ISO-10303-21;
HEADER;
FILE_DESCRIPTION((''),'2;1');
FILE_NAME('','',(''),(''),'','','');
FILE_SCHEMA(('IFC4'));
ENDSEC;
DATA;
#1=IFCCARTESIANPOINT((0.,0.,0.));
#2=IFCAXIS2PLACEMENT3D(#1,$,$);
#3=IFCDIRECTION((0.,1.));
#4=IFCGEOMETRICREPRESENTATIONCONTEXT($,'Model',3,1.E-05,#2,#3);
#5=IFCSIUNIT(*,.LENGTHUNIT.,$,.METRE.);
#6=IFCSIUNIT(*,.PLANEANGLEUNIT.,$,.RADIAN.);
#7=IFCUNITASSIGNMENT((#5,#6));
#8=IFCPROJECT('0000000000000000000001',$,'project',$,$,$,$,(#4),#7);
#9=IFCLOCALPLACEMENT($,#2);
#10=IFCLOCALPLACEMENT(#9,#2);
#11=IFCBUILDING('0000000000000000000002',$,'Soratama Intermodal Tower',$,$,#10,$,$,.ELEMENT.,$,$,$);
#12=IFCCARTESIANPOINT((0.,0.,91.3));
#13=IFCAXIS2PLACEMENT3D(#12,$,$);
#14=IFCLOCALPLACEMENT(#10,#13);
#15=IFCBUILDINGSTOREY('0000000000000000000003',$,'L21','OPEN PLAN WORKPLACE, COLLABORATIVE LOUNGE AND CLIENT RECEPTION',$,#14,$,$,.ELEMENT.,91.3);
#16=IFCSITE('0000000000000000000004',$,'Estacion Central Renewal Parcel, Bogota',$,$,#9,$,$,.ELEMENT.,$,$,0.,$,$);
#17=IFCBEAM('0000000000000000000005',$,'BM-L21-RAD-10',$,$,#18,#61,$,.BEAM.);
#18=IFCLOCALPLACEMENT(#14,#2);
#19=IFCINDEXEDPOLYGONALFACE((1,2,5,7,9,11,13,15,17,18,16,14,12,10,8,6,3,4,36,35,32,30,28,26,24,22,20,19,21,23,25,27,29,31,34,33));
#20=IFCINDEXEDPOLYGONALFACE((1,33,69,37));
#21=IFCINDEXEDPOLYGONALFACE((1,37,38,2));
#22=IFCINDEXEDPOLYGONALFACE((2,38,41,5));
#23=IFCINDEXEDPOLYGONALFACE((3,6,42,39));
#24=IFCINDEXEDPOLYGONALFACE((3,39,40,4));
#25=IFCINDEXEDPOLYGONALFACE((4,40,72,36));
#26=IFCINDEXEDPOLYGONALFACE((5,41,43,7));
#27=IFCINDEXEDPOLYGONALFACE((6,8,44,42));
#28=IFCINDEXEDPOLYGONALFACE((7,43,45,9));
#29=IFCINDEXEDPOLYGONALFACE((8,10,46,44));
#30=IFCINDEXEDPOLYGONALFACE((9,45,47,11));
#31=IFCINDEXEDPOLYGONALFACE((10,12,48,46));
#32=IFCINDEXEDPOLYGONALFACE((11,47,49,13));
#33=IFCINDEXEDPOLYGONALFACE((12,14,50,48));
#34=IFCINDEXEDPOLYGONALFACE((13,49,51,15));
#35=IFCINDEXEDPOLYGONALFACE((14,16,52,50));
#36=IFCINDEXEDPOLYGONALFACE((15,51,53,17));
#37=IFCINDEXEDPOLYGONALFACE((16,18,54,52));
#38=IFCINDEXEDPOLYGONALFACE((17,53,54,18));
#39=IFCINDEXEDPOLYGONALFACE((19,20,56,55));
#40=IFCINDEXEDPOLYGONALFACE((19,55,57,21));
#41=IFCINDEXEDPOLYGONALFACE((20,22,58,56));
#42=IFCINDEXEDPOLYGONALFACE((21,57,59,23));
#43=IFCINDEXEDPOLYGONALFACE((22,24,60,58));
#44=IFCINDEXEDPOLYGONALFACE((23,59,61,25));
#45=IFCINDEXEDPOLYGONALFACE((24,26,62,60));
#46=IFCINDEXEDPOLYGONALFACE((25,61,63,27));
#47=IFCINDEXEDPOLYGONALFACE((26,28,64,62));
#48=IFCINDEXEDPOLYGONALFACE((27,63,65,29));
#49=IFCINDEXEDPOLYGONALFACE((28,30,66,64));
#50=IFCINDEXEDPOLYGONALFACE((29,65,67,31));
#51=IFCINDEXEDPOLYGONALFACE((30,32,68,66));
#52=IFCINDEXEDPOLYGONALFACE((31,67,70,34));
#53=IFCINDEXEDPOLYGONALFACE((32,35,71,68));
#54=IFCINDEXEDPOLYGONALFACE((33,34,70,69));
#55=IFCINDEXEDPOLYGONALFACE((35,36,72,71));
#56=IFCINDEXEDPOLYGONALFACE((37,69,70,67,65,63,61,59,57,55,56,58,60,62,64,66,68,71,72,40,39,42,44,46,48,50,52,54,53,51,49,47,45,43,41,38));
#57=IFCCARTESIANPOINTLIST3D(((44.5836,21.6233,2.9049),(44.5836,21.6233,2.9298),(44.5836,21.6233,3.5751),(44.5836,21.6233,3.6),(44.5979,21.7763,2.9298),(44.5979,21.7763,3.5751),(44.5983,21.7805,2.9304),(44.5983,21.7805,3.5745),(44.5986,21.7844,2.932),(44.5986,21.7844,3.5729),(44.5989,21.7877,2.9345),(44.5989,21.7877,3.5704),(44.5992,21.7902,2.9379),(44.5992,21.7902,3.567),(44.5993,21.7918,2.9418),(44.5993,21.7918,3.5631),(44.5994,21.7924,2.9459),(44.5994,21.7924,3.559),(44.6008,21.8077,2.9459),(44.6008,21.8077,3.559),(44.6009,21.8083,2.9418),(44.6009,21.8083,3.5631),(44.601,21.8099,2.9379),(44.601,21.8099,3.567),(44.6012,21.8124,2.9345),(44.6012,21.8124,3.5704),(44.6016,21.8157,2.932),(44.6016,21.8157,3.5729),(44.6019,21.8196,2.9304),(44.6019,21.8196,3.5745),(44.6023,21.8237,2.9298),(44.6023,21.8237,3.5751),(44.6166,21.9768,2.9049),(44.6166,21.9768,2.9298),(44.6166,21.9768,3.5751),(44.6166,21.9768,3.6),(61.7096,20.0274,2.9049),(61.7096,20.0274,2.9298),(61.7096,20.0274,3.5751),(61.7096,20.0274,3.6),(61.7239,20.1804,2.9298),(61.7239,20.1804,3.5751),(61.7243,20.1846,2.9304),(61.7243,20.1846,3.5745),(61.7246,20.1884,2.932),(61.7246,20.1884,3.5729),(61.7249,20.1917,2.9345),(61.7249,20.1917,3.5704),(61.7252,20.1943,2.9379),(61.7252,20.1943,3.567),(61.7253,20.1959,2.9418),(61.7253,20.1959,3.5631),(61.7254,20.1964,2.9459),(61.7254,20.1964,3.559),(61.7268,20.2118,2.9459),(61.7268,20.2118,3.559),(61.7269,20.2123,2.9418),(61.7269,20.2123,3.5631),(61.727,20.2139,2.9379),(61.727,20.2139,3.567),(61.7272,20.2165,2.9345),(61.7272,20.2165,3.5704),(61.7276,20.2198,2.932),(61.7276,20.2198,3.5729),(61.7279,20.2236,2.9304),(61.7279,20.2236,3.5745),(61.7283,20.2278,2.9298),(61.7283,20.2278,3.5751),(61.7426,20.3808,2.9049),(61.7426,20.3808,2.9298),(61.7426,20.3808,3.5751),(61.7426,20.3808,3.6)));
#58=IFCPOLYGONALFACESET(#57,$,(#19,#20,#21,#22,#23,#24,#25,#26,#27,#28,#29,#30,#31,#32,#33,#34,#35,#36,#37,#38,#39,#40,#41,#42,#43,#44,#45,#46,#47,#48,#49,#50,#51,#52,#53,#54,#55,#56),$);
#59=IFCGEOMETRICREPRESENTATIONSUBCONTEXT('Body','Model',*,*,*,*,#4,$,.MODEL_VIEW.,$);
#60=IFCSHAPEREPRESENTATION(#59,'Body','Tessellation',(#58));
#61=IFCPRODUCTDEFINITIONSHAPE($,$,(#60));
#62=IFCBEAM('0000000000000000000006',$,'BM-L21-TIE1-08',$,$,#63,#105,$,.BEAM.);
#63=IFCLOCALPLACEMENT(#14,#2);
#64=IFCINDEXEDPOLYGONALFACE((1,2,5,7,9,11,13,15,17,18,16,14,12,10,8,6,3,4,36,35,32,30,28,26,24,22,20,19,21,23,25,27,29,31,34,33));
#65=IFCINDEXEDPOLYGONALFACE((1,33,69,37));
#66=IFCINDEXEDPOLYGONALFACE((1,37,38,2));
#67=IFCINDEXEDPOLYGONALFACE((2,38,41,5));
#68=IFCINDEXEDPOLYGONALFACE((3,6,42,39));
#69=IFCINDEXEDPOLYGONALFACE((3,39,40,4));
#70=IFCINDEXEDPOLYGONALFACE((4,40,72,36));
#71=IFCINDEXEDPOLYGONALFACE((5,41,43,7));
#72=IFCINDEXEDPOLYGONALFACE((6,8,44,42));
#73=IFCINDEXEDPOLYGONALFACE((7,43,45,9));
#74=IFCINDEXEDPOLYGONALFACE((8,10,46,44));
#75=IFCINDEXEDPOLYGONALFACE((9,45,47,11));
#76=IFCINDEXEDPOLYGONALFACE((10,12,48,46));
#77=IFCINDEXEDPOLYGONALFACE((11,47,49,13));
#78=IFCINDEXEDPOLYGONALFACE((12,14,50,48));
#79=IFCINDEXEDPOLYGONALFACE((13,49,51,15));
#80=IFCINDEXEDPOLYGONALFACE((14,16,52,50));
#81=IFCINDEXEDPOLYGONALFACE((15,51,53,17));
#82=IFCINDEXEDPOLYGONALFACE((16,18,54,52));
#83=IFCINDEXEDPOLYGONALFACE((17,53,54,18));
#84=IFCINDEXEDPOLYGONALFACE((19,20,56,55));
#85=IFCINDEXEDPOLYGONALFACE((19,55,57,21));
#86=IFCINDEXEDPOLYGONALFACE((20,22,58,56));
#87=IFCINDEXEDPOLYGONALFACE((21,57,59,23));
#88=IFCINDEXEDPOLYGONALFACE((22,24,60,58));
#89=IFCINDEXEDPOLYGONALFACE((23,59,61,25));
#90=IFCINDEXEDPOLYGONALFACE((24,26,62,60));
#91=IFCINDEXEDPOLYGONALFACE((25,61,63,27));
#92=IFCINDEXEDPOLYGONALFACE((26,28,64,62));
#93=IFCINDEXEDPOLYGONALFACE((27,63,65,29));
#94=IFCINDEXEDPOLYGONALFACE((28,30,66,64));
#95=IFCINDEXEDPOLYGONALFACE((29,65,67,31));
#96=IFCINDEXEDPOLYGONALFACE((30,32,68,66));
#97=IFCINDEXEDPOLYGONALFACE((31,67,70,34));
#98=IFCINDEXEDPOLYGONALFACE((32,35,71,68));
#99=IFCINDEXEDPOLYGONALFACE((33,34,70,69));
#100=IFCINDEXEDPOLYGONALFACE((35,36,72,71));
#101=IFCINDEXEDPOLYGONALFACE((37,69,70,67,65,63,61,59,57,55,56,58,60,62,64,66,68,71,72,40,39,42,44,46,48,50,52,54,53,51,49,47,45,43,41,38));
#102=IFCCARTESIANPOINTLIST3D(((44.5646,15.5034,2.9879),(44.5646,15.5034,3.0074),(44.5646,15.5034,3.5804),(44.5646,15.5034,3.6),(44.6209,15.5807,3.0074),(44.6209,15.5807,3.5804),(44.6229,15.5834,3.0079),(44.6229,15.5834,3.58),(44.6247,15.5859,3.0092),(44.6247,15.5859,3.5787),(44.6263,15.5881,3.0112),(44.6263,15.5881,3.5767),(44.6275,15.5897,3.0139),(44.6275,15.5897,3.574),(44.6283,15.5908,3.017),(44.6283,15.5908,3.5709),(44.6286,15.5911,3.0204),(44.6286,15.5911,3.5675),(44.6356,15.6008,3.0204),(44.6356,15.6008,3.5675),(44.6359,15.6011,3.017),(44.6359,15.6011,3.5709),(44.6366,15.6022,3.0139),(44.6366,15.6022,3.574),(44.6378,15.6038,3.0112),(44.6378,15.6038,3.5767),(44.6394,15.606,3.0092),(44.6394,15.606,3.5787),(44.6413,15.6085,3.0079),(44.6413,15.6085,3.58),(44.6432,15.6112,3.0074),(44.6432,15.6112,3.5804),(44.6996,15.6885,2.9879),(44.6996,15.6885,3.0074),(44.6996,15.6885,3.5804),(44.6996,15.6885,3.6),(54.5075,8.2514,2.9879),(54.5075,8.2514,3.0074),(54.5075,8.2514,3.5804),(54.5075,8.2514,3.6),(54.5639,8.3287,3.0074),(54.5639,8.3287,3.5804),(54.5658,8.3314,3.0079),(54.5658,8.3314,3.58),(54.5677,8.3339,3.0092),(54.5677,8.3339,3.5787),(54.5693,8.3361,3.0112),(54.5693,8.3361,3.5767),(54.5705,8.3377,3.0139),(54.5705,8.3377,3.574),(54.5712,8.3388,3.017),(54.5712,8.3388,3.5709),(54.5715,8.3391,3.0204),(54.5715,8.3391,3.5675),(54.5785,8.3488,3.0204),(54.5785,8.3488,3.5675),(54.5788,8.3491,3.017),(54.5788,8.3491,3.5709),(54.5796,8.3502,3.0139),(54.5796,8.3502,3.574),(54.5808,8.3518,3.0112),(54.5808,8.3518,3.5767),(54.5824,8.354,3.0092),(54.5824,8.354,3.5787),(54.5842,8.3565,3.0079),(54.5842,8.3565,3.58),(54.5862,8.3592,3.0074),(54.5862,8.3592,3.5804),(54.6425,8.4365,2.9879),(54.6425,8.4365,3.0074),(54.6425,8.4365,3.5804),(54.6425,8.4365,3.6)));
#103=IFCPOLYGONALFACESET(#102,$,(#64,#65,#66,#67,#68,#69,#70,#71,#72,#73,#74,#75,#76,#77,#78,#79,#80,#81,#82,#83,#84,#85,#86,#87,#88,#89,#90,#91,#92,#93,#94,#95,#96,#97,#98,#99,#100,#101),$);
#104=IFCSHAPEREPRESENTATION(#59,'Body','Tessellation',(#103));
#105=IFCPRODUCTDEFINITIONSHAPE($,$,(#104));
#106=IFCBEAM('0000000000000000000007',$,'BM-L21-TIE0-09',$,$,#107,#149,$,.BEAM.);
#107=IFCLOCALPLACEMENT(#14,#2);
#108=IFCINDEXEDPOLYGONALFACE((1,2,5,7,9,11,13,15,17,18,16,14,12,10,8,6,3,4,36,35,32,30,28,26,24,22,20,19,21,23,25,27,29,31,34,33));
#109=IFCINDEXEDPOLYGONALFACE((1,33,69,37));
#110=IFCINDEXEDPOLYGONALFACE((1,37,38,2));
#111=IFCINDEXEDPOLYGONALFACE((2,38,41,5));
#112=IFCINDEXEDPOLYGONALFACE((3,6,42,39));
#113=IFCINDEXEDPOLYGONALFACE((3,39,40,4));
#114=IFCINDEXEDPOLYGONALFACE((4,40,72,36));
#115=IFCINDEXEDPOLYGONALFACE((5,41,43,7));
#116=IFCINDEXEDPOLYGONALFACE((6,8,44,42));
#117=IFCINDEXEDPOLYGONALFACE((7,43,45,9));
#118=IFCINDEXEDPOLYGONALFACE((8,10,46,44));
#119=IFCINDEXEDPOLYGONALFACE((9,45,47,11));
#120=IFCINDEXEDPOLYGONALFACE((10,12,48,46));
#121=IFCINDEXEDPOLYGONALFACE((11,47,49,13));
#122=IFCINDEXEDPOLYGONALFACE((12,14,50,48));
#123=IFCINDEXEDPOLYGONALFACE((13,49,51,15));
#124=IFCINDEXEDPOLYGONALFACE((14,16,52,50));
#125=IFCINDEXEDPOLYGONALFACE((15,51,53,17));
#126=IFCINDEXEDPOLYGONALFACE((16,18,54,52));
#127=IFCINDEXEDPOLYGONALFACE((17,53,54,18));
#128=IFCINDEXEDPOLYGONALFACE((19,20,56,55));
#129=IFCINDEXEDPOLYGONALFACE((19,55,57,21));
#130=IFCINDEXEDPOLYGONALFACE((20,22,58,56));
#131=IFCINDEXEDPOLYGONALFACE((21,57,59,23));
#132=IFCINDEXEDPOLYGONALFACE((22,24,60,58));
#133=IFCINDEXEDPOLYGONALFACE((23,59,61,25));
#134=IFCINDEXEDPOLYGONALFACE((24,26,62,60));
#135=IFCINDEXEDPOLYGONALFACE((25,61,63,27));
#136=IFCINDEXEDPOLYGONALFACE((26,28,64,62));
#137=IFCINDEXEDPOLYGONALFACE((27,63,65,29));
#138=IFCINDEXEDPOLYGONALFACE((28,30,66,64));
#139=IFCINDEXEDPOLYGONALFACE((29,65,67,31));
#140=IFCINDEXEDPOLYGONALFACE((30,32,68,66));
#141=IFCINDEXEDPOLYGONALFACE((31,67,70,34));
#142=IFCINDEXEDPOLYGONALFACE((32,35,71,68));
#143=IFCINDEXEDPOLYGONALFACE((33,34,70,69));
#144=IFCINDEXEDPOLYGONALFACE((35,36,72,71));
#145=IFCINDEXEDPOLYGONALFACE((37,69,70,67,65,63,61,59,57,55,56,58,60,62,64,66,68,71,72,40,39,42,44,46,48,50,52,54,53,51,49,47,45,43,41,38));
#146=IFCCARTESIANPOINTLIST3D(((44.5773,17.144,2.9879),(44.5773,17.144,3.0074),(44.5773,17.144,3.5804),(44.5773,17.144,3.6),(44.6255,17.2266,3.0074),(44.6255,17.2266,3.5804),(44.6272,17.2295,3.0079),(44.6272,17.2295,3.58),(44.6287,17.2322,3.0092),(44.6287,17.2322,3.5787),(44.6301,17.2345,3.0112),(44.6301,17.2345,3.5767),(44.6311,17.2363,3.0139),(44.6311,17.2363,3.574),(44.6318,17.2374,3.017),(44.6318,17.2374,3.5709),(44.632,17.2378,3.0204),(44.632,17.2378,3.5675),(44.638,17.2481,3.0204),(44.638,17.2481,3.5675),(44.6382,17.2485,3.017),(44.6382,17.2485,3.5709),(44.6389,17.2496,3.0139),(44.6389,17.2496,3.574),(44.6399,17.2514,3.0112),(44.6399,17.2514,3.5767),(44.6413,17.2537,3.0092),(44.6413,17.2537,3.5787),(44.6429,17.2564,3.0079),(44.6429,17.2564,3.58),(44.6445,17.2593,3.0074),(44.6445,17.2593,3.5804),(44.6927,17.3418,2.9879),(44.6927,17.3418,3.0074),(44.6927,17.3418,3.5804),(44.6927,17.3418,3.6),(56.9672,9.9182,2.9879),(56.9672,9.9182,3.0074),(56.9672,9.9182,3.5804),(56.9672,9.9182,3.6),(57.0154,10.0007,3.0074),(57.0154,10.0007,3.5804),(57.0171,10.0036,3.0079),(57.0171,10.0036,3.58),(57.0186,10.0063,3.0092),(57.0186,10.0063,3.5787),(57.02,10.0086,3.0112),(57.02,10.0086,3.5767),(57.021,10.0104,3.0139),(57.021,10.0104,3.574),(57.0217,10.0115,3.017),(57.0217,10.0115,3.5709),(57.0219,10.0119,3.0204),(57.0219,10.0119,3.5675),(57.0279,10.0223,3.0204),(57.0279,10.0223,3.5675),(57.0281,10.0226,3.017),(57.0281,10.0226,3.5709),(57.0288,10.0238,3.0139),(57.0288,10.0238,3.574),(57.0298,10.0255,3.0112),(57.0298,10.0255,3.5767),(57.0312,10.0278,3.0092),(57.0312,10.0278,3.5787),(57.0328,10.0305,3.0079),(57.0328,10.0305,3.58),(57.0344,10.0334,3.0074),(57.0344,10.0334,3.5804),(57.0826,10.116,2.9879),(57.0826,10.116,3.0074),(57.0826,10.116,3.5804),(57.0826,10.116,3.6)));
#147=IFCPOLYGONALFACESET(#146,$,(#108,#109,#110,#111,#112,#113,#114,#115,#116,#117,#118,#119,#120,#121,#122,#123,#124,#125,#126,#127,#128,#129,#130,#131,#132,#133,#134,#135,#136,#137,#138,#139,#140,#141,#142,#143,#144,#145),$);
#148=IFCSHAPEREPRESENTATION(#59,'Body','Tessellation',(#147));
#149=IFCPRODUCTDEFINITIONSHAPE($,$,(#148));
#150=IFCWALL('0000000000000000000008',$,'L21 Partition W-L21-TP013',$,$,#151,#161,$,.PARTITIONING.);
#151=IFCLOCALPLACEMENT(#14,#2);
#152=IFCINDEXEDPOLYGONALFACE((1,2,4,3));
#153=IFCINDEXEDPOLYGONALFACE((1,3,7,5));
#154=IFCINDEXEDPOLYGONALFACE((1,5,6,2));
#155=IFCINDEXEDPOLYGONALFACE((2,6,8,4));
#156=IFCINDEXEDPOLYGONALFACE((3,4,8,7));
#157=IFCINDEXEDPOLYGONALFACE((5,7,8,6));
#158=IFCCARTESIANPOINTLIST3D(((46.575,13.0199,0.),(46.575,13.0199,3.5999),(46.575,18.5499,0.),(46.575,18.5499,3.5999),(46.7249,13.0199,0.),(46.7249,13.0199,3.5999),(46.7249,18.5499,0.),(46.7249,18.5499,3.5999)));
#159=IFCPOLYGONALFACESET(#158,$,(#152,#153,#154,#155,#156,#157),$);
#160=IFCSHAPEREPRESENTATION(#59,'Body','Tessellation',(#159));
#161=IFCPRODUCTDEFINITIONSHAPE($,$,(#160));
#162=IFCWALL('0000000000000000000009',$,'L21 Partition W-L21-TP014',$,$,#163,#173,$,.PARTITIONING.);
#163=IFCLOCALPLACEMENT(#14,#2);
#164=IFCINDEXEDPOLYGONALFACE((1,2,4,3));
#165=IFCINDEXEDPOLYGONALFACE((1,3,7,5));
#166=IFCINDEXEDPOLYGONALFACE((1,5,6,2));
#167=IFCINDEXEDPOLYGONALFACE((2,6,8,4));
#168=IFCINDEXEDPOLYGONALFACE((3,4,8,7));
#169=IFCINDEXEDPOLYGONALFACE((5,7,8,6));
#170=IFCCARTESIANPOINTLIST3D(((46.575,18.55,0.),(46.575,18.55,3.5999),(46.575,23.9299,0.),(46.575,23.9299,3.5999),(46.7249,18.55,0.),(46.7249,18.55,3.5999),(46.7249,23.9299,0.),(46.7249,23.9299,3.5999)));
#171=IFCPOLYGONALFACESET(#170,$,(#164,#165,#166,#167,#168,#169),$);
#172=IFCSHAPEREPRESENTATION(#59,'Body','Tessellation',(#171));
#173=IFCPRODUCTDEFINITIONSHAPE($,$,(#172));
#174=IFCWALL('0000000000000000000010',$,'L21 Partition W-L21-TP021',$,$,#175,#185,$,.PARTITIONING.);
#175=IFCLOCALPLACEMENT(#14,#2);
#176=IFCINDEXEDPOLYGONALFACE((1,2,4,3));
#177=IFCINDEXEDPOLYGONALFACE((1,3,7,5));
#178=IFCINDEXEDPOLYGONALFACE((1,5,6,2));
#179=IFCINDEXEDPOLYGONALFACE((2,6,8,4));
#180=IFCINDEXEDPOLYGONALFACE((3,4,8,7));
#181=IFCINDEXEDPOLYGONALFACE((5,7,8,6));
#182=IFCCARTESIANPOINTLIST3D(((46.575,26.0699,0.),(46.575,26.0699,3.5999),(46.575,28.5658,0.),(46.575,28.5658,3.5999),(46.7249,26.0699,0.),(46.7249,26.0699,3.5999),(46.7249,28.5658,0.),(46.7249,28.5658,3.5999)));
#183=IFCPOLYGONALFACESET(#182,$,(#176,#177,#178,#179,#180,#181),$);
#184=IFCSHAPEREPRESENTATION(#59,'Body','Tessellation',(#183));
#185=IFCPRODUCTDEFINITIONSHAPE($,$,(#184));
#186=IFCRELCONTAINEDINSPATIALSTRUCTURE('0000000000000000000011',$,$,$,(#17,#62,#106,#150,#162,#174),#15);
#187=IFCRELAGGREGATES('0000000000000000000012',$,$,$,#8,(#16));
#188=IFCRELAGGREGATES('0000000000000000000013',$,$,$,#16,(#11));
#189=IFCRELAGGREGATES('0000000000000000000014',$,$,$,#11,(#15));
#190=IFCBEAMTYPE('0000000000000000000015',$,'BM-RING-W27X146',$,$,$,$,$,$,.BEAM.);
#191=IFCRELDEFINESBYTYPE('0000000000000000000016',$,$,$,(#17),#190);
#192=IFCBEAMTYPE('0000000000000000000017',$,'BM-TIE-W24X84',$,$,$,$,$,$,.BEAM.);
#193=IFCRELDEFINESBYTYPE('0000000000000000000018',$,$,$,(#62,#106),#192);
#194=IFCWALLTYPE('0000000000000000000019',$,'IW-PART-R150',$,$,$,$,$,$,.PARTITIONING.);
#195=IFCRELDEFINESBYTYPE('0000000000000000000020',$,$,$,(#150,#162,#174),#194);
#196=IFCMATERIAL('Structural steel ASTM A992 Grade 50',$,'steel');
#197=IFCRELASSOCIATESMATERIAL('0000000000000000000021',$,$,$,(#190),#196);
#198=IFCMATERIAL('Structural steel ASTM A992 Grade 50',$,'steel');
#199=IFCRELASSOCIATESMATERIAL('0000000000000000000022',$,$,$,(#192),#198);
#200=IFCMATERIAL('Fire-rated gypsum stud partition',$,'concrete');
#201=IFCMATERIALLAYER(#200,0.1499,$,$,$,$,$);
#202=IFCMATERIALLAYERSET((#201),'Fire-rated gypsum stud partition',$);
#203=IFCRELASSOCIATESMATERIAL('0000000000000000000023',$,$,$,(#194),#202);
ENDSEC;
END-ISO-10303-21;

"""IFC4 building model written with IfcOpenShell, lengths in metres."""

from ifc_helpers import new_model, si_unit, direction, frame, frame_2d, origin, origin_2d, place, context, subcontext, project, spatial, rectangle, i_section, extrude, material, layer, layer_set, material_profile, profile_set, type_object, element, save


model = new_model("IFC4")

# Units and contexts
model_context = context("Model", 3, precision=1e-05, world=origin(), true_north=direction((0.0, 1.0)))
body_context = subcontext(model_context, "Body", "Model", "MODEL_VIEW")
ifc_project = project(units=[si_unit("LENGTHUNIT", "METRE"), si_unit("PLANEANGLEUNIT", "RADIAN")], contexts=[model_context])

# Site, building, storey
site_placement = place(None, origin())
site = spatial("IfcSite", under=ifc_project, at=site_placement, Name="Estacion Central Renewal Parcel, Bogota", CompositionType="ELEMENT", RefElevation=0.0)
building_placement = place(site_placement, origin())
building = spatial("IfcBuilding", under=site, at=building_placement, Name="Soratama Intermodal Tower", CompositionType="ELEMENT")
storey_placement = place(building_placement, frame((0.0, 0.0, 91.3)))
storey = spatial("IfcBuildingStorey", under=building, at=storey_placement, Name="L21", Description="OPEN PLAN WORKPLACE, COLLABORATIVE LOUNGE AND CLIENT RECEPTION", CompositionType="ELEMENT", Elevation=91.3)

# Beams
ifc_material_1 = material(Name="Structural steel ASTM A992 Grade 50", Category="steel")
ifc_material_profile_1 = material_profile(ifc_material_1, i_section(OverallWidth=0.355, OverallDepth=0.6951, WebThickness=0.0154, FlangeThickness=0.0249, FilletRadius=0.0161, at=origin_2d()), Name="W27X146")
ifc_profile_set_1 = profile_set([ifc_material_profile_1], Name="Structural steel ASTM A992 Grade 50")
beam_type_1 = type_object("IfcBeamType", Name="BM-RING-W27X146", PredefinedType="BEAM", material=ifc_profile_set_1)
beam_1_placement = place(storey_placement, frame((44.6001, 21.8, 3.2524), z_axis=(0.995686, -0.092787, 0.0), x_axis=(0.092787, 0.995686, 0.0)))
element("IfcBeam", 1, at=beam_1_placement, inside=storey, type_object=beam_type_1, Name="BM-L21-RAD-10", PredefinedType="BEAM", context=body_context, shape_type="SweptSolid", body=[
    extrude(i_section(OverallWidth=0.355, OverallDepth=0.6951, WebThickness=0.0154, FlangeThickness=0.0249, FilletRadius=0.0161, at=origin_2d()), origin(), (0.0, 0.0, 1.0), 17.2002),
])
ifc_material_2 = material(Name="Structural steel ASTM A992 Grade 50", Category="steel")
ifc_material_profile_2 = material_profile(ifc_material_2, i_section(OverallWidth=0.229, OverallDepth=0.6121, WebThickness=0.012, FlangeThickness=0.0195, FilletRadius=0.0129, at=origin_2d()), Name="W24X84")
ifc_profile_set_2 = profile_set([ifc_material_profile_2], Name="Structural steel ASTM A992 Grade 50")
beam_type_2 = type_object("IfcBeamType", Name="BM-TIE-W24X84", PredefinedType="BEAM", material=ifc_profile_set_2)
beam_2_placement = place(storey_placement, frame((44.6321, 15.5959, 3.2939), z_axis=(0.807932, -0.589275, 0.0), x_axis=(0.589275, 0.807932, 0.0)))
element("IfcBeam", 2, at=beam_2_placement, inside=storey, type_object=beam_type_2, Name="BM-L21-TIE1-08", PredefinedType="BEAM", context=body_context, shape_type="SweptSolid", body=[
    extrude(i_section(OverallWidth=0.229, OverallDepth=0.6121, WebThickness=0.012, FlangeThickness=0.0195, FilletRadius=0.0129, at=origin_2d()), origin(), (0.0, 0.0, 1.0), 12.3066),
])
beam_3_placement = place(storey_placement, frame((44.635, 17.2429, 3.2939), z_axis=(0.863828, -0.503787, 0.0), x_axis=(0.503787, 0.863828, 0.0)))
element("IfcBeam", 3, at=beam_3_placement, inside=storey, type_object=beam_type_2, Name="BM-L21-TIE0-09", PredefinedType="BEAM", context=body_context, shape_type="SweptSolid", body=[
    extrude(i_section(OverallWidth=0.229, OverallDepth=0.6121, WebThickness=0.012, FlangeThickness=0.0195, FilletRadius=0.0129, at=origin_2d()), origin(), (0.0, 0.0, 1.0), 14.343),
])

# Walls
ifc_material_3 = material(Name="Fire-rated gypsum stud partition", Category="concrete")
ifc_layer_1 = layer(ifc_material_3, 0.1499)
ifc_layer_set_1 = layer_set([ifc_layer_1], Name="Fire-rated gypsum stud partition")
wall_type_1 = type_object("IfcWallType", Name="IW-PART-R150", PredefinedType="PARTITIONING", material=ifc_layer_set_1)
wall_1_placement = place(storey_placement, frame((46.6499, 18.55, 0.0), z_axis=(0.0, 0.0, 1.0), x_axis=(0.0, -1.0, 0.0)))
element("IfcWall", 4, at=wall_1_placement, inside=storey, type_object=wall_type_1, Name="L21 Partition W-L21-TP013", PredefinedType="PARTITIONING", context=body_context, shape_type="SweptSolid", body=[
    extrude(rectangle(XDim=5.53, YDim=0.1499, at=frame_2d((2.7651, 0.0))), origin(), (0.0, 0.0, 1.0), 3.5999),
])
wall_2_placement = place(storey_placement, frame((46.6499, 23.9299, 0.0), z_axis=(0.0, 0.0, 1.0), x_axis=(0.0, -1.0, 0.0)))
element("IfcWall", 5, at=wall_2_placement, inside=storey, type_object=wall_type_1, Name="L21 Partition W-L21-TP014", PredefinedType="PARTITIONING", context=body_context, shape_type="SweptSolid", body=[
    extrude(rectangle(XDim=5.3799, YDim=0.1499, at=frame_2d((2.6899, 0.0))), origin(), (0.0, 0.0, 1.0), 3.5999),
])
wall_3_placement = place(storey_placement, frame((46.6499, 28.5659, 0.0), z_axis=(0.0, 0.0, 1.0), x_axis=(0.0, -1.0, 0.0)))
element("IfcWall", 6, at=wall_3_placement, inside=storey, type_object=wall_type_1, Name="L21 Partition W-L21-TP021", PredefinedType="PARTITIONING", context=body_context, shape_type="SweptSolid", body=[
    extrude(rectangle(XDim=2.4958, YDim=0.1499, at=frame_2d((1.248, 0.0))), origin(), (0.0, 0.0, 1.0), 3.5999),
])

save(model, "model.ifc")
